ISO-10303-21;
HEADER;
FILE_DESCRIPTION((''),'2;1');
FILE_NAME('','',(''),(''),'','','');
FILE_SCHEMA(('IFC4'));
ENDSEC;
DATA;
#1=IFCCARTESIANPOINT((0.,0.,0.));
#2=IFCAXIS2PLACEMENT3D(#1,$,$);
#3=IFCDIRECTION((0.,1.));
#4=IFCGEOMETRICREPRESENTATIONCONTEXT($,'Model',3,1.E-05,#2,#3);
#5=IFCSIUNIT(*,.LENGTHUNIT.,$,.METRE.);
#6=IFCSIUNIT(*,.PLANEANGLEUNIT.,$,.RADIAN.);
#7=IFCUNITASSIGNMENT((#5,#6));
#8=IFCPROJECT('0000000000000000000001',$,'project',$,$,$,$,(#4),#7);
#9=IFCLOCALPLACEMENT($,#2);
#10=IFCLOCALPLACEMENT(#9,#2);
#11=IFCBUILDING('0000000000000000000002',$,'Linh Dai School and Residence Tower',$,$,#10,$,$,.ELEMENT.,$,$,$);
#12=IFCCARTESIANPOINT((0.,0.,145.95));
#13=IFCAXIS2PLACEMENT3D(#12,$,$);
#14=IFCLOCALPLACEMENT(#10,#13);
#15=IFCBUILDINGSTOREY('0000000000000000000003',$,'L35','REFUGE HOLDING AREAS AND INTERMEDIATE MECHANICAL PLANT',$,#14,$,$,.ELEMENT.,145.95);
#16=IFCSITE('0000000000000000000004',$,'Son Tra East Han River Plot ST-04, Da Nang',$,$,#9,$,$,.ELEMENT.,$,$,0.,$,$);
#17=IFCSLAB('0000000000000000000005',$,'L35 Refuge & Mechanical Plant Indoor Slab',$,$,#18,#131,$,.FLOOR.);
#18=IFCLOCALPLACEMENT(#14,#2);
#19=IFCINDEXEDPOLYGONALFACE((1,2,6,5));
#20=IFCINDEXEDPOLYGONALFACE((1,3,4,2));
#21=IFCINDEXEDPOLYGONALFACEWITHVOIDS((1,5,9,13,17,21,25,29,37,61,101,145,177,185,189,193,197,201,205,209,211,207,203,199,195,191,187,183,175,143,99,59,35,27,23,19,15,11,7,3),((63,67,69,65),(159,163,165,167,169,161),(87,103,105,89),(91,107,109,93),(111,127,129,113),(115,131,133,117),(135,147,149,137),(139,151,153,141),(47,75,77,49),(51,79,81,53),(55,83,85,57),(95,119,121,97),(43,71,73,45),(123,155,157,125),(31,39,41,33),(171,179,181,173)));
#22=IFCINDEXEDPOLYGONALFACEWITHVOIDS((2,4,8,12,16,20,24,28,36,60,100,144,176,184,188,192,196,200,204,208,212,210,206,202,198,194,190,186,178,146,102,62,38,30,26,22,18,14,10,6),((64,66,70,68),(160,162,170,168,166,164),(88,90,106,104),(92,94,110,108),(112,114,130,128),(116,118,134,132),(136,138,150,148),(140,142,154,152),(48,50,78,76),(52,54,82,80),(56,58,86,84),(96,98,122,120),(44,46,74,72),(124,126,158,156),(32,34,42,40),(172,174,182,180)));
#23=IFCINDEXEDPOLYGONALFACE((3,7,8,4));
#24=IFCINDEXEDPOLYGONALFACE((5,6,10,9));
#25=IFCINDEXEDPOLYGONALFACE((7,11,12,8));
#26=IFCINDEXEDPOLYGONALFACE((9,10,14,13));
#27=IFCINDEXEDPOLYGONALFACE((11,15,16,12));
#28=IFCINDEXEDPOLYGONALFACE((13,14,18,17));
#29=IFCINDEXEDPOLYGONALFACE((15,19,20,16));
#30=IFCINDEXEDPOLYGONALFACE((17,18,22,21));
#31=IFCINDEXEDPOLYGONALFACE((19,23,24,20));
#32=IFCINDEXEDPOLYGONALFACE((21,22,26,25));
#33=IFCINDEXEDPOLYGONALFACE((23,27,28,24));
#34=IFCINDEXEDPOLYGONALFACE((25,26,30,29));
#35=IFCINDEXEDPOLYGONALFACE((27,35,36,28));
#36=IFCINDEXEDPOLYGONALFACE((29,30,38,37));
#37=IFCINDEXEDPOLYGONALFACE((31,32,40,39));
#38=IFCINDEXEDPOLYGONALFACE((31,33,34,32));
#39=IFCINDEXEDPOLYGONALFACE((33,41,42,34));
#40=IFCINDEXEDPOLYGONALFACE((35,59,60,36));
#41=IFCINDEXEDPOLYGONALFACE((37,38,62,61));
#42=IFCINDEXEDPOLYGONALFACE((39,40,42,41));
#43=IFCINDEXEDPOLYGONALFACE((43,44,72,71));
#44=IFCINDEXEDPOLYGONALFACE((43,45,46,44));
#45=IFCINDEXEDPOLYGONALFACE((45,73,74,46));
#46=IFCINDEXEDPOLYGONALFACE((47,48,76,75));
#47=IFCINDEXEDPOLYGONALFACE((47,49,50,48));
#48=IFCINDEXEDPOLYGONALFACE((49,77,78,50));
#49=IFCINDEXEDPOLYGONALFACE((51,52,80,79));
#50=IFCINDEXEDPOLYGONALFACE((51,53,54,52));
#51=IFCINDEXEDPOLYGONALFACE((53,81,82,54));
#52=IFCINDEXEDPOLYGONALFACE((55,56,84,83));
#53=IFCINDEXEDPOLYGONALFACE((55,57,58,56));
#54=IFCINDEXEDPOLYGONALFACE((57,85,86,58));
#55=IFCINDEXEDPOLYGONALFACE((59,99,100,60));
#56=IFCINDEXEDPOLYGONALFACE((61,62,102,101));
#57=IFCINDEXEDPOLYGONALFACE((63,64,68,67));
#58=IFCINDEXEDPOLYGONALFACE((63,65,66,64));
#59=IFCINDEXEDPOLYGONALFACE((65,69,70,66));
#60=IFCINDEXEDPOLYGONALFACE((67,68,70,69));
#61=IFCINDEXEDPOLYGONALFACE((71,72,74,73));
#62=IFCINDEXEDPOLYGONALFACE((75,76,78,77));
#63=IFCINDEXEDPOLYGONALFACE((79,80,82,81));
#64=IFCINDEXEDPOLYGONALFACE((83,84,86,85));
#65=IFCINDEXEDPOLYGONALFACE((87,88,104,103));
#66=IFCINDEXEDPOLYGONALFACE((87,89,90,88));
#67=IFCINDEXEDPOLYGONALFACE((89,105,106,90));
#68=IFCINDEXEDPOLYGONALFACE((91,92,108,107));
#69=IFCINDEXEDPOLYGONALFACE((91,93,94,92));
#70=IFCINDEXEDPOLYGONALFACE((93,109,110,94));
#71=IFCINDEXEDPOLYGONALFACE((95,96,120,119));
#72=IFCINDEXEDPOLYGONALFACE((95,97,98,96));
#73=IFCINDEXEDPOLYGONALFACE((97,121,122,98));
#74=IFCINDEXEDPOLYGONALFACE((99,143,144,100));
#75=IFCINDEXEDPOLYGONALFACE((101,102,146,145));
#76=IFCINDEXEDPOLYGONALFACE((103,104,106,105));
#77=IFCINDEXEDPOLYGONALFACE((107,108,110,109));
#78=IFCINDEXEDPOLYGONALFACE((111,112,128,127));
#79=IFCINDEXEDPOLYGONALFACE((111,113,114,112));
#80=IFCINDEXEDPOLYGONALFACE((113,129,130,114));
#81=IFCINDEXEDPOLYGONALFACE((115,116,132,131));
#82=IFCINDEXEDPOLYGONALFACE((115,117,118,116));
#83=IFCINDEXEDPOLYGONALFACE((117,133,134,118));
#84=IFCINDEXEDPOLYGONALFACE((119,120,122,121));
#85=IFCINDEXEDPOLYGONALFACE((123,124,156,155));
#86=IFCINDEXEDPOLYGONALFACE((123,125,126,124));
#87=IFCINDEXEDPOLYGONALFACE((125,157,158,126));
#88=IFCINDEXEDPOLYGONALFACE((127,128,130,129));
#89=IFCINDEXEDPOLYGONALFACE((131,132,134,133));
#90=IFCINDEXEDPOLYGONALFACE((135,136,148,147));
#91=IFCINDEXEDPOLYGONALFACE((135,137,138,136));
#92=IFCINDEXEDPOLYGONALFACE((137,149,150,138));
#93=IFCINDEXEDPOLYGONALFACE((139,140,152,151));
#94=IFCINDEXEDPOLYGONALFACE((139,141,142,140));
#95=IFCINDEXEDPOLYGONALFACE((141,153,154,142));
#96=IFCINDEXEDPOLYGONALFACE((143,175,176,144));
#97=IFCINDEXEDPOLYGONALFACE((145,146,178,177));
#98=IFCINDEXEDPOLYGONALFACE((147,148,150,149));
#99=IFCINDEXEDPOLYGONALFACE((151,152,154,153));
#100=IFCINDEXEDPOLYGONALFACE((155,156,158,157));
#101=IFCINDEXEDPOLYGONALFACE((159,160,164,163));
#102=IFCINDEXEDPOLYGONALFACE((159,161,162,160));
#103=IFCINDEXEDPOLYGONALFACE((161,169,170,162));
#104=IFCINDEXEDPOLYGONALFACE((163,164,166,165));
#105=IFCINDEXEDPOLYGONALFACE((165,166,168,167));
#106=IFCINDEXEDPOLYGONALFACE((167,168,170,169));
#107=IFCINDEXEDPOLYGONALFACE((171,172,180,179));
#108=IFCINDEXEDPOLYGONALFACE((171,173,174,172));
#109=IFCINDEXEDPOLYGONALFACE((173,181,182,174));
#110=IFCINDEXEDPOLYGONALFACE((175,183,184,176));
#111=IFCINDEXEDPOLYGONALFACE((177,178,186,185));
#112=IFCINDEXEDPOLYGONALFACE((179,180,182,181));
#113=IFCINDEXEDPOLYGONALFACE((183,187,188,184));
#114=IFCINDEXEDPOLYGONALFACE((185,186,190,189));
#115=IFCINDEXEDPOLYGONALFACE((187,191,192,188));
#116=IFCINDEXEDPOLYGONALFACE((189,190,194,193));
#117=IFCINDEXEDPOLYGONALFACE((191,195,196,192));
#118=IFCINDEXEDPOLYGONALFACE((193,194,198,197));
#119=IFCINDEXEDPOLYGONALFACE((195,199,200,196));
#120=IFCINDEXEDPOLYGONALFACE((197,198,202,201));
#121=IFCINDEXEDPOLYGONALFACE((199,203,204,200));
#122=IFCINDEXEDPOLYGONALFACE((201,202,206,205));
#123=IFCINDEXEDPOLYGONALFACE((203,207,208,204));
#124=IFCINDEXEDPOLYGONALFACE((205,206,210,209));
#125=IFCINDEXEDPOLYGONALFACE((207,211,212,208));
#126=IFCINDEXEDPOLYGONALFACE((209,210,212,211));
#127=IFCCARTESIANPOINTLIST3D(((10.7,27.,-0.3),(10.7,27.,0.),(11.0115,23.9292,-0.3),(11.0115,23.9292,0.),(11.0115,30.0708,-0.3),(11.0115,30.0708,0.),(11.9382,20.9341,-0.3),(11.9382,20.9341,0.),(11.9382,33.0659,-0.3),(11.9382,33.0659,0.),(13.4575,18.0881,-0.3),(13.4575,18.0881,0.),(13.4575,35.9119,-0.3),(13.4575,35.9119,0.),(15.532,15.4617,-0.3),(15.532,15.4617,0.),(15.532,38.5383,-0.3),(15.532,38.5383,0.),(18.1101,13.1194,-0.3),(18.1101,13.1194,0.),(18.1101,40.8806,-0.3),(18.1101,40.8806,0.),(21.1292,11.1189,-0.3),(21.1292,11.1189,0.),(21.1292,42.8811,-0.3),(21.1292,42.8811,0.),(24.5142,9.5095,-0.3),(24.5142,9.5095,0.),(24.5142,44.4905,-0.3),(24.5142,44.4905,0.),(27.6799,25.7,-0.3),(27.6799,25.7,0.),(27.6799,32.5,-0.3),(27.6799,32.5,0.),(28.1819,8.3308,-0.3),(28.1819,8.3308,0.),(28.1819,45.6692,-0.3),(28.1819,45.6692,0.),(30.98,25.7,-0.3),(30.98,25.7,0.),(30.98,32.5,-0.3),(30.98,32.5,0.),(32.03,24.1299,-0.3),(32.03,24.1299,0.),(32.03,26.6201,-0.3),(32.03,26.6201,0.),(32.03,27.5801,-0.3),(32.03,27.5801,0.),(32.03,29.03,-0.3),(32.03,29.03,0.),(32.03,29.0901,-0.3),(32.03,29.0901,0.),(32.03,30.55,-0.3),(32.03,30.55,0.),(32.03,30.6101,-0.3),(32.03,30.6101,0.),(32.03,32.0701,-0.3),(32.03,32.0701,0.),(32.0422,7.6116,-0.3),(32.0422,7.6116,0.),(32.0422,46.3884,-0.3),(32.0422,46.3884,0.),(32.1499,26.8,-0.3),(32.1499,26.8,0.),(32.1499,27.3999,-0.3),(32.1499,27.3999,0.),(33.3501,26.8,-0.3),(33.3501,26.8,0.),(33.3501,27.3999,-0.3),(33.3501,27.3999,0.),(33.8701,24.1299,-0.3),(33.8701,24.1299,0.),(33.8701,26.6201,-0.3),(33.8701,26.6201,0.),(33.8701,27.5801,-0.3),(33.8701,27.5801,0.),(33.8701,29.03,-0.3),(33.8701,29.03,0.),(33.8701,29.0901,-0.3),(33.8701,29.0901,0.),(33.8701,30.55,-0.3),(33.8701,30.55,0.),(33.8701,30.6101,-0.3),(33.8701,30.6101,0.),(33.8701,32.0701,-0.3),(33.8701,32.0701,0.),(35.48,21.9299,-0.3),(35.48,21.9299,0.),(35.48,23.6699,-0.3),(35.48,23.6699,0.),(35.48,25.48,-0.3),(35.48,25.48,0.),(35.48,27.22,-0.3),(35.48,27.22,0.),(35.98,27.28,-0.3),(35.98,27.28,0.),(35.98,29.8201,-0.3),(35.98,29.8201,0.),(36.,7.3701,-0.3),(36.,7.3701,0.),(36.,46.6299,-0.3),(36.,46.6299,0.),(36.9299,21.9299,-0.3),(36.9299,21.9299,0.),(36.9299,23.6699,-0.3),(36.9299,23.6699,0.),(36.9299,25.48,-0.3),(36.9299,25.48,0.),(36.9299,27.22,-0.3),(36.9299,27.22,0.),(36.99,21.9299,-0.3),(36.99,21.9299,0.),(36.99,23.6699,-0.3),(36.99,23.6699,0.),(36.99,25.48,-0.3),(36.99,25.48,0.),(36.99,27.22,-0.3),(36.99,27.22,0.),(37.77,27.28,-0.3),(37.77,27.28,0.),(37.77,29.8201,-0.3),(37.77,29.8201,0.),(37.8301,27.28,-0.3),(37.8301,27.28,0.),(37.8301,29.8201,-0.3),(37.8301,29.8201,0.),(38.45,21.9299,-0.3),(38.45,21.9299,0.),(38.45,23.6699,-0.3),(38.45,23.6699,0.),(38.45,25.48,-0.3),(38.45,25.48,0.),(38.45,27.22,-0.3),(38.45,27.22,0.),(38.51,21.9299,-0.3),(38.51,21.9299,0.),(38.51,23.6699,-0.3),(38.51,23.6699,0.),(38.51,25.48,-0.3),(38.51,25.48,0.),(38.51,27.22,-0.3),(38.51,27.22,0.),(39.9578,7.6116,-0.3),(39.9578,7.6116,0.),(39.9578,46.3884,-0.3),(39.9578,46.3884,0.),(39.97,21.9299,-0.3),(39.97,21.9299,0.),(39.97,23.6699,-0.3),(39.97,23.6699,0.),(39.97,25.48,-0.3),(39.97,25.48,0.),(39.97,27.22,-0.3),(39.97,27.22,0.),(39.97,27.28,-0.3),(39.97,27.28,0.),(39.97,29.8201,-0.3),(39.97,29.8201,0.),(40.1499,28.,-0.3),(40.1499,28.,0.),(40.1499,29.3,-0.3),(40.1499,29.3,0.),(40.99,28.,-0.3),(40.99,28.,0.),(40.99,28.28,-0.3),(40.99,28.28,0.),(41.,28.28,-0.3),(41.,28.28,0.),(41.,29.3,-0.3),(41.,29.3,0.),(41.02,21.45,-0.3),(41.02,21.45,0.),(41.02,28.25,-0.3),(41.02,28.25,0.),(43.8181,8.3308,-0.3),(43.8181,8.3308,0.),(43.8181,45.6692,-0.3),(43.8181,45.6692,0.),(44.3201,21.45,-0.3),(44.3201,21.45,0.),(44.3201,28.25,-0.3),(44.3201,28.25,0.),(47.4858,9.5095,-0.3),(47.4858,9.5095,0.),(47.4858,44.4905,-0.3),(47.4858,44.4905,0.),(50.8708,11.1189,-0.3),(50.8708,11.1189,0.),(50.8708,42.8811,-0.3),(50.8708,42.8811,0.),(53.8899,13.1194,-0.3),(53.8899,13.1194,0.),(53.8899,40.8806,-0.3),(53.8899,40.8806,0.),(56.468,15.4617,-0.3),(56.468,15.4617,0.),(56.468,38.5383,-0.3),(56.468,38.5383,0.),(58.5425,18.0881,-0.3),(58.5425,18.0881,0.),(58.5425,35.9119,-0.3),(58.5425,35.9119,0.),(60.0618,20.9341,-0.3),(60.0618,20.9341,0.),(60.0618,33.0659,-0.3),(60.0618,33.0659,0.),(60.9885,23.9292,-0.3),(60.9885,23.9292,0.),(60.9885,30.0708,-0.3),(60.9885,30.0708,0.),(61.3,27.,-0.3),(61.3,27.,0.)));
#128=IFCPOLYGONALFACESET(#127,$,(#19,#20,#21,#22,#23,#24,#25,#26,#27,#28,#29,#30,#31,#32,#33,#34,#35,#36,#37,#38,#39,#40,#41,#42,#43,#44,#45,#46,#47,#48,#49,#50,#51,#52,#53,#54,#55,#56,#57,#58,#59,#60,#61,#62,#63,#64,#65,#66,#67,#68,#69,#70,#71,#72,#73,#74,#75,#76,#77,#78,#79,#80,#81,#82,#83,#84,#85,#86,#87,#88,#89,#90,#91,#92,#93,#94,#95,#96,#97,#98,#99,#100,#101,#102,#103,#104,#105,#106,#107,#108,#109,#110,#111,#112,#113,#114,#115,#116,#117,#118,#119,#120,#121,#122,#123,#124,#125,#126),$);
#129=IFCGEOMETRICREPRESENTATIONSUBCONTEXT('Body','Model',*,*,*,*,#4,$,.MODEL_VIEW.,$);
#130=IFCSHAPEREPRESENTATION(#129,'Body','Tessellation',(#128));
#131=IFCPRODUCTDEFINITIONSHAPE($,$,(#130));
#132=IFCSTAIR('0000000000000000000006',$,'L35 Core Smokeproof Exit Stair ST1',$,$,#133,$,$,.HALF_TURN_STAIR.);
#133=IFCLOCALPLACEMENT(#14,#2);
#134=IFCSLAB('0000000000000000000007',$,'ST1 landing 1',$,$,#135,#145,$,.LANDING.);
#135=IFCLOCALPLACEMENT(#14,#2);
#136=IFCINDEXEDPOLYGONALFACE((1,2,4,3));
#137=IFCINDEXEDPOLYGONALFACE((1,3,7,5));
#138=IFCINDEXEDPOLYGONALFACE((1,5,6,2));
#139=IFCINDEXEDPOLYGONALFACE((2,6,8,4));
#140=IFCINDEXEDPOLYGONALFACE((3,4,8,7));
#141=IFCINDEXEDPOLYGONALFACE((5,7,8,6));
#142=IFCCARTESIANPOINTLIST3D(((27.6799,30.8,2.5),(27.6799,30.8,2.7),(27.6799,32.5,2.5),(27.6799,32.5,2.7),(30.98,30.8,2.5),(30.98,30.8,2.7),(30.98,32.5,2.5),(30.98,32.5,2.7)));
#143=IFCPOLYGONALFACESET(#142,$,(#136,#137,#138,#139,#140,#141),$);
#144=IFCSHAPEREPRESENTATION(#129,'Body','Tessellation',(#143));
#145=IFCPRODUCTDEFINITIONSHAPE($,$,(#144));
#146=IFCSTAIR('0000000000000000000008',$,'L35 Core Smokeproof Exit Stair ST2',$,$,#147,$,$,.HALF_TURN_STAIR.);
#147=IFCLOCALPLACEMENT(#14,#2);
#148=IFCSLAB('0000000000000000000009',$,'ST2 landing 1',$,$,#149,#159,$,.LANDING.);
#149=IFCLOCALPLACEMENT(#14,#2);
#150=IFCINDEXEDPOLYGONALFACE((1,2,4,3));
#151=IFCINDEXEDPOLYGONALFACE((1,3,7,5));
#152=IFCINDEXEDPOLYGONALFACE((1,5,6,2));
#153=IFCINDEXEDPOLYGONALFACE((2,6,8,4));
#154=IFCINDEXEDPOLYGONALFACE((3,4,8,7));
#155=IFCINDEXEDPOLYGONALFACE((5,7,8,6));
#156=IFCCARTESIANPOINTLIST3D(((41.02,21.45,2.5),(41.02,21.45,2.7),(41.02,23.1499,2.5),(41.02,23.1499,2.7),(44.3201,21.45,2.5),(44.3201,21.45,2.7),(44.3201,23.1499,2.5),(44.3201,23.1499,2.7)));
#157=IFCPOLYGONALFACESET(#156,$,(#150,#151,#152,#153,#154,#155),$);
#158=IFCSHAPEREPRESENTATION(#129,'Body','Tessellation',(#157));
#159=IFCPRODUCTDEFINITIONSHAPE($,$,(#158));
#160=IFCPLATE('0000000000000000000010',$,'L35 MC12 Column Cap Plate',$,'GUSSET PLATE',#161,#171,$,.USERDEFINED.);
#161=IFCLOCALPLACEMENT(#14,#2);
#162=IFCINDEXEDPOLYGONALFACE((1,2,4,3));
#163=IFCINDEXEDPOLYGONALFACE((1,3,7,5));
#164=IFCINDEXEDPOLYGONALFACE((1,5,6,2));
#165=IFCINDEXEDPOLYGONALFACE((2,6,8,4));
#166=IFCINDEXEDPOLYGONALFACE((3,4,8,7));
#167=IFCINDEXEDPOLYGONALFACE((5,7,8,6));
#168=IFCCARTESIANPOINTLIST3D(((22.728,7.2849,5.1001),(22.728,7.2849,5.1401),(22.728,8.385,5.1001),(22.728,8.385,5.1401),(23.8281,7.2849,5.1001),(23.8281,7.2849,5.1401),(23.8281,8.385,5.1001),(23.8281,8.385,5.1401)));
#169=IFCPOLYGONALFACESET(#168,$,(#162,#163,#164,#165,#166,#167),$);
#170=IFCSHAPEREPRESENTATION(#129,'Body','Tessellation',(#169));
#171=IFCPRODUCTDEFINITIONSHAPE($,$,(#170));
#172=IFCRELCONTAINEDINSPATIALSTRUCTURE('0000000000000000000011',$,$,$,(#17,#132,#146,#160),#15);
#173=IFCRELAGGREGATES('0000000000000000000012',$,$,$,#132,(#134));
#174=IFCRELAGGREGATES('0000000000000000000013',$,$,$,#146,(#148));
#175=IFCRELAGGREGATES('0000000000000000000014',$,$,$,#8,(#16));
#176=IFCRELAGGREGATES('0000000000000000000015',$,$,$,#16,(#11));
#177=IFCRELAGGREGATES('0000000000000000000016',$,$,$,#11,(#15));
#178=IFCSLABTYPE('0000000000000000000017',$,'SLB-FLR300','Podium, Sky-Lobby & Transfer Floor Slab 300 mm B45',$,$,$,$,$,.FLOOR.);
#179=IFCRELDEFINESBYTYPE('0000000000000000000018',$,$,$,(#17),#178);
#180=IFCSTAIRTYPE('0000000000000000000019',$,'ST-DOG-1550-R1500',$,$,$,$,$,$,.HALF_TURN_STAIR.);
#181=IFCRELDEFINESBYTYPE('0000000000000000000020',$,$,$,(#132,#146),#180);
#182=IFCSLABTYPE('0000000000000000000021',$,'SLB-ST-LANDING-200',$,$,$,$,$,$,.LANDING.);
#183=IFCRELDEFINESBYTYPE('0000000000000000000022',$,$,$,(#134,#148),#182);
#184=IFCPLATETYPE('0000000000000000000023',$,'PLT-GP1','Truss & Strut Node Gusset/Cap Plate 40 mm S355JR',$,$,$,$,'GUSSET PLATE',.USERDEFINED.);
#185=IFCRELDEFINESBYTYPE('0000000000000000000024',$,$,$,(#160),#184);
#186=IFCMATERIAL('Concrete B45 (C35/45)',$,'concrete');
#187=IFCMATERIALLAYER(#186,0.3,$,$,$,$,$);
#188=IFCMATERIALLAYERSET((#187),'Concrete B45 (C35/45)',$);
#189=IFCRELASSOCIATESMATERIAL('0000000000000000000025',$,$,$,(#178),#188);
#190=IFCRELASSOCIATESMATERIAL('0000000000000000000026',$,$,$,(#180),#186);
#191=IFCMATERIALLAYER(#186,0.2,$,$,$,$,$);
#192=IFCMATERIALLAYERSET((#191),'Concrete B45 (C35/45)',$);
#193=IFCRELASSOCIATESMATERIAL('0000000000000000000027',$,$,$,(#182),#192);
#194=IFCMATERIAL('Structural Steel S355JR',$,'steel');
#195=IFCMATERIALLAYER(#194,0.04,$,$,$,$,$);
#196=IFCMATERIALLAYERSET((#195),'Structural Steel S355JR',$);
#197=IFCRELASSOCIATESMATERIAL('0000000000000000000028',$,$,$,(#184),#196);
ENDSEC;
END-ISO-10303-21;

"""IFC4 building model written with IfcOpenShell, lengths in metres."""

from ifc_helpers import new_model, si_unit, direction, frame, origin, origin_2d, place, context, subcontext, project, spatial, polyline, rectangle, outline, extrude, source, transform, mapped, material, layer, layer_set, type_object, element, aggregate, save


model = new_model("IFC4")

# Units and contexts
model_context = context("Model", 3, precision=1e-05, world=origin(), true_north=direction((0.0, 1.0)))
body_context = subcontext(model_context, "Body", "Model", "MODEL_VIEW")
ifc_project = project(units=[si_unit("LENGTHUNIT", "METRE"), si_unit("PLANEANGLEUNIT", "RADIAN")], contexts=[model_context])

# Site, building, storey
site_placement = place(None, origin())
site = spatial("IfcSite", under=ifc_project, at=site_placement, Name="Son Tra East Han River Plot ST-04, Da Nang", CompositionType="ELEMENT", RefElevation=0.0)
building_placement = place(site_placement, origin())
building = spatial("IfcBuilding", under=site, at=building_placement, Name="Linh Dai School and Residence Tower", CompositionType="ELEMENT")
storey_placement = place(building_placement, frame((0.0, 0.0, 145.95)))
storey = spatial("IfcBuildingStorey", under=building, at=storey_placement, Name="L35", Description="REFUGE HOLDING AREAS AND INTERMEDIATE MECHANICAL PLANT", CompositionType="ELEMENT", Elevation=145.95)

# Shared definitions
ifc_material_1 = material(Name="Structural Steel S355JR", Category="steel")

# Slab
ifc_material_2 = material(Name="Concrete B45 (C35/45)", Category="concrete")
ifc_layer_1 = layer(ifc_material_2, 0.3)
ifc_layer_set_1 = layer_set([ifc_layer_1], Name="Concrete B45 (C35/45)")
slab_type_1 = type_object("IfcSlabType", Name="SLB-FLR300", Description="Podium, Sky-Lobby & Transfer Floor Slab 300 mm B45", PredefinedType="FLOOR", material=ifc_layer_set_1)
slab_1_placement = place(storey_placement, frame((0.0, 0.0, -0.3)))
element("IfcSlab", 1, at=slab_1_placement, inside=storey, type_object=slab_type_1, Name="L35 Refuge & Mechanical Plant Indoor Slab", PredefinedType="FLOOR", context=body_context, shape_type="SweptSolid", body=[
    extrude(outline(polyline([(61.3, 27.0), (60.9885, 30.0708), (60.0618, 33.0659), (58.5425, 35.9119), (56.468, 38.5383), (53.8899, 40.8806), (50.8708, 42.8811), (47.4858, 44.4905), (43.8181, 45.6692), (39.9578, 46.3884), (36.0, 46.6299), (32.0422, 46.3884), (28.1819, 45.6692), (24.5142, 44.4905), (21.1292, 42.8811), (18.1101, 40.8806), (15.532, 38.5383), (13.4575, 35.9119), (11.9382, 33.0659), (11.0115, 30.0708), (10.7, 27.0), (11.0115, 23.9292), (11.9382, 20.9341), (13.4575, 18.0881), (15.532, 15.4617), (18.1101, 13.1194), (21.1292, 11.1189), (24.5142, 9.5095), (28.1819, 8.3308), (32.0422, 7.6116), (36.0, 7.3701), (39.9578, 7.6116), (43.8181, 8.3308), (47.4858, 9.5095), (50.8708, 11.1189), (53.8899, 13.1194), (56.468, 15.4617), (58.5425, 18.0881), (60.0618, 20.9341), (60.9885, 23.9292), (61.3, 27.0)]), holes=[polyline([(30.98, 25.7), (30.98, 32.5), (27.6799, 32.5), (27.6799, 25.7), (30.98, 25.7)]), polyline([(41.02, 28.25), (41.02, 21.45), (44.3201, 21.45), (44.3201, 28.25), (41.02, 28.25)]), polyline([(35.98, 27.28), (37.77, 27.28), (37.77, 29.8201), (35.98, 29.8201), (35.98, 27.28)]), polyline([(32.03, 24.1299), (33.8701, 24.1299), (33.8701, 26.6201), (32.03, 26.6201), (32.03, 24.1299)]), polyline([(37.8301, 27.28), (39.97, 27.28), (39.97, 29.8201), (37.8301, 29.8201), (37.8301, 27.28)]), polyline([(35.48, 21.9299), (36.9299, 21.9299), (36.9299, 23.6699), (35.48, 23.6699), (35.48, 21.9299)]), polyline([(36.99, 21.9299), (38.45, 21.9299), (38.45, 23.6699), (36.99, 23.6699), (36.99, 21.9299)]), polyline([(38.51, 21.9299), (39.97, 21.9299), (39.97, 23.6699), (38.51, 23.6699), (38.51, 21.9299)]), polyline([(32.03, 27.5801), (33.8701, 27.5801), (33.8701, 29.03), (32.03, 29.03), (32.03, 27.5801)]), polyline([(32.03, 29.0901), (33.8701, 29.0901), (33.8701, 30.55), (32.03, 30.55), (32.03, 29.0901)]), polyline([(32.03, 30.6101), (33.8701, 30.6101), (33.8701, 32.0701), (32.03, 32.0701), (32.03, 30.6101)]), polyline([(35.48, 25.48), (36.9299, 25.48), (36.9299, 27.22), (35.48, 27.22), (35.48, 25.48)]), polyline([(36.99, 25.48), (38.45, 25.48), (38.45, 27.22), (36.99, 27.22), (36.99, 25.48)]), polyline([(38.51, 25.48), (39.97, 25.48), (39.97, 27.22), (38.51, 27.22), (38.51, 25.48)]), polyline([(40.1499, 28.0), (40.1499, 29.3), (41.0, 29.3), (41.0, 28.28), (40.99, 28.28), (40.99, 28.0), (40.1499, 28.0)]), polyline([(32.1499, 26.8), (33.3501, 26.8), (33.3501, 27.3999), (32.1499, 27.3999), (32.1499, 26.8)])]), origin(), (0.0, 0.0, 1.0), 0.3),
])

# Stairs, slabs
stair_type = type_object("IfcStairType", Name="ST-DOG-1550-R1500", PredefinedType="HALF_TURN_STAIR", material=ifc_material_2)
stair_1_placement = place(storey_placement, origin())
stair_1 = element("IfcStair", 2, at=stair_1_placement, inside=storey, type_object=stair_type, Name="L35 Core Smokeproof Exit Stair ST1", PredefinedType="HALF_TURN_STAIR")
ifc_layer_2 = layer(ifc_material_2, 0.2)
ifc_layer_set_2 = layer_set([ifc_layer_2], Name="Concrete B45 (C35/45)")
slab_type_2 = type_object("IfcSlabType", Name="SLB-ST-LANDING-200", PredefinedType="LANDING", material=ifc_layer_set_2)
slab_2_placement = place(storey_placement, frame((0.0, 0.0, 2.5)))
slab_2 = element("IfcSlab", 3, at=slab_2_placement, type_object=slab_type_2, Name="ST1 landing 1", PredefinedType="LANDING", context=body_context, shape_type="SweptSolid", body=[
    extrude(outline(polyline([(30.98, 30.8), (30.98, 32.5), (27.6799, 32.5), (27.6799, 30.8), (30.98, 30.8)])), origin(), (0.0, 0.0, 1.0), 0.2),
])
aggregate(stair_1, [slab_2])
stair_2_placement = place(storey_placement, origin())
stair_2 = element("IfcStair", 4, at=stair_2_placement, inside=storey, type_object=stair_type, Name="L35 Core Smokeproof Exit Stair ST2", PredefinedType="HALF_TURN_STAIR")
slab_3_placement = place(storey_placement, frame((0.0, 0.0, 2.5)))
slab_3 = element("IfcSlab", 5, at=slab_3_placement, type_object=slab_type_2, Name="ST2 landing 1", PredefinedType="LANDING", context=body_context, shape_type="SweptSolid", body=[
    extrude(outline(polyline([(41.02, 23.1499), (41.02, 21.45), (44.3201, 21.45), (44.3201, 23.1499), (41.02, 23.1499)])), origin(), (0.0, 0.0, 1.0), 0.2),
])
aggregate(stair_2, [slab_3])

# Plate
ifc_layer_3 = layer(ifc_material_1, 0.04)
ifc_layer_set_3 = layer_set([ifc_layer_3], Name="Structural Steel S355JR")
plate_type = type_object("IfcPlateType", Name="PLT-GP1", Description="Truss & Strut Node Gusset/Cap Plate 40 mm S355JR", ElementType="GUSSET PLATE", PredefinedType="USERDEFINED", material=ifc_layer_set_3)
shared_shape_1 = source(origin(), body_context, "Body", "SweptSolid", [
    extrude(rectangle(XDim=1.1001, YDim=1.1001, at=origin_2d()), origin(), (0.0, 0.0, 1.0), 0.04),
])
plate_placement = place(storey_placement, frame((23.2781, 7.835, 5.1001), z_axis=(0.0, 0.0, 1.0), x_axis=(1.0, 0.0, 0.0)))
element("IfcPlate", 6, at=plate_placement, inside=storey, type_object=plate_type, Name="L35 MC12 Column Cap Plate", ObjectType="GUSSET PLATE", PredefinedType="USERDEFINED", context=body_context, shape_type="MappedRepresentation", body=[
    mapped(shared_shape_1, transform((0.0, 0.0, 0.0), x_axis=(1.0, 0.0, 0.0), y_axis=(0.0, 1.0, 0.0), z_axis=(0.0, 0.0, 1.0), scale=1.0)),
])

save(model, "model.ifc")
